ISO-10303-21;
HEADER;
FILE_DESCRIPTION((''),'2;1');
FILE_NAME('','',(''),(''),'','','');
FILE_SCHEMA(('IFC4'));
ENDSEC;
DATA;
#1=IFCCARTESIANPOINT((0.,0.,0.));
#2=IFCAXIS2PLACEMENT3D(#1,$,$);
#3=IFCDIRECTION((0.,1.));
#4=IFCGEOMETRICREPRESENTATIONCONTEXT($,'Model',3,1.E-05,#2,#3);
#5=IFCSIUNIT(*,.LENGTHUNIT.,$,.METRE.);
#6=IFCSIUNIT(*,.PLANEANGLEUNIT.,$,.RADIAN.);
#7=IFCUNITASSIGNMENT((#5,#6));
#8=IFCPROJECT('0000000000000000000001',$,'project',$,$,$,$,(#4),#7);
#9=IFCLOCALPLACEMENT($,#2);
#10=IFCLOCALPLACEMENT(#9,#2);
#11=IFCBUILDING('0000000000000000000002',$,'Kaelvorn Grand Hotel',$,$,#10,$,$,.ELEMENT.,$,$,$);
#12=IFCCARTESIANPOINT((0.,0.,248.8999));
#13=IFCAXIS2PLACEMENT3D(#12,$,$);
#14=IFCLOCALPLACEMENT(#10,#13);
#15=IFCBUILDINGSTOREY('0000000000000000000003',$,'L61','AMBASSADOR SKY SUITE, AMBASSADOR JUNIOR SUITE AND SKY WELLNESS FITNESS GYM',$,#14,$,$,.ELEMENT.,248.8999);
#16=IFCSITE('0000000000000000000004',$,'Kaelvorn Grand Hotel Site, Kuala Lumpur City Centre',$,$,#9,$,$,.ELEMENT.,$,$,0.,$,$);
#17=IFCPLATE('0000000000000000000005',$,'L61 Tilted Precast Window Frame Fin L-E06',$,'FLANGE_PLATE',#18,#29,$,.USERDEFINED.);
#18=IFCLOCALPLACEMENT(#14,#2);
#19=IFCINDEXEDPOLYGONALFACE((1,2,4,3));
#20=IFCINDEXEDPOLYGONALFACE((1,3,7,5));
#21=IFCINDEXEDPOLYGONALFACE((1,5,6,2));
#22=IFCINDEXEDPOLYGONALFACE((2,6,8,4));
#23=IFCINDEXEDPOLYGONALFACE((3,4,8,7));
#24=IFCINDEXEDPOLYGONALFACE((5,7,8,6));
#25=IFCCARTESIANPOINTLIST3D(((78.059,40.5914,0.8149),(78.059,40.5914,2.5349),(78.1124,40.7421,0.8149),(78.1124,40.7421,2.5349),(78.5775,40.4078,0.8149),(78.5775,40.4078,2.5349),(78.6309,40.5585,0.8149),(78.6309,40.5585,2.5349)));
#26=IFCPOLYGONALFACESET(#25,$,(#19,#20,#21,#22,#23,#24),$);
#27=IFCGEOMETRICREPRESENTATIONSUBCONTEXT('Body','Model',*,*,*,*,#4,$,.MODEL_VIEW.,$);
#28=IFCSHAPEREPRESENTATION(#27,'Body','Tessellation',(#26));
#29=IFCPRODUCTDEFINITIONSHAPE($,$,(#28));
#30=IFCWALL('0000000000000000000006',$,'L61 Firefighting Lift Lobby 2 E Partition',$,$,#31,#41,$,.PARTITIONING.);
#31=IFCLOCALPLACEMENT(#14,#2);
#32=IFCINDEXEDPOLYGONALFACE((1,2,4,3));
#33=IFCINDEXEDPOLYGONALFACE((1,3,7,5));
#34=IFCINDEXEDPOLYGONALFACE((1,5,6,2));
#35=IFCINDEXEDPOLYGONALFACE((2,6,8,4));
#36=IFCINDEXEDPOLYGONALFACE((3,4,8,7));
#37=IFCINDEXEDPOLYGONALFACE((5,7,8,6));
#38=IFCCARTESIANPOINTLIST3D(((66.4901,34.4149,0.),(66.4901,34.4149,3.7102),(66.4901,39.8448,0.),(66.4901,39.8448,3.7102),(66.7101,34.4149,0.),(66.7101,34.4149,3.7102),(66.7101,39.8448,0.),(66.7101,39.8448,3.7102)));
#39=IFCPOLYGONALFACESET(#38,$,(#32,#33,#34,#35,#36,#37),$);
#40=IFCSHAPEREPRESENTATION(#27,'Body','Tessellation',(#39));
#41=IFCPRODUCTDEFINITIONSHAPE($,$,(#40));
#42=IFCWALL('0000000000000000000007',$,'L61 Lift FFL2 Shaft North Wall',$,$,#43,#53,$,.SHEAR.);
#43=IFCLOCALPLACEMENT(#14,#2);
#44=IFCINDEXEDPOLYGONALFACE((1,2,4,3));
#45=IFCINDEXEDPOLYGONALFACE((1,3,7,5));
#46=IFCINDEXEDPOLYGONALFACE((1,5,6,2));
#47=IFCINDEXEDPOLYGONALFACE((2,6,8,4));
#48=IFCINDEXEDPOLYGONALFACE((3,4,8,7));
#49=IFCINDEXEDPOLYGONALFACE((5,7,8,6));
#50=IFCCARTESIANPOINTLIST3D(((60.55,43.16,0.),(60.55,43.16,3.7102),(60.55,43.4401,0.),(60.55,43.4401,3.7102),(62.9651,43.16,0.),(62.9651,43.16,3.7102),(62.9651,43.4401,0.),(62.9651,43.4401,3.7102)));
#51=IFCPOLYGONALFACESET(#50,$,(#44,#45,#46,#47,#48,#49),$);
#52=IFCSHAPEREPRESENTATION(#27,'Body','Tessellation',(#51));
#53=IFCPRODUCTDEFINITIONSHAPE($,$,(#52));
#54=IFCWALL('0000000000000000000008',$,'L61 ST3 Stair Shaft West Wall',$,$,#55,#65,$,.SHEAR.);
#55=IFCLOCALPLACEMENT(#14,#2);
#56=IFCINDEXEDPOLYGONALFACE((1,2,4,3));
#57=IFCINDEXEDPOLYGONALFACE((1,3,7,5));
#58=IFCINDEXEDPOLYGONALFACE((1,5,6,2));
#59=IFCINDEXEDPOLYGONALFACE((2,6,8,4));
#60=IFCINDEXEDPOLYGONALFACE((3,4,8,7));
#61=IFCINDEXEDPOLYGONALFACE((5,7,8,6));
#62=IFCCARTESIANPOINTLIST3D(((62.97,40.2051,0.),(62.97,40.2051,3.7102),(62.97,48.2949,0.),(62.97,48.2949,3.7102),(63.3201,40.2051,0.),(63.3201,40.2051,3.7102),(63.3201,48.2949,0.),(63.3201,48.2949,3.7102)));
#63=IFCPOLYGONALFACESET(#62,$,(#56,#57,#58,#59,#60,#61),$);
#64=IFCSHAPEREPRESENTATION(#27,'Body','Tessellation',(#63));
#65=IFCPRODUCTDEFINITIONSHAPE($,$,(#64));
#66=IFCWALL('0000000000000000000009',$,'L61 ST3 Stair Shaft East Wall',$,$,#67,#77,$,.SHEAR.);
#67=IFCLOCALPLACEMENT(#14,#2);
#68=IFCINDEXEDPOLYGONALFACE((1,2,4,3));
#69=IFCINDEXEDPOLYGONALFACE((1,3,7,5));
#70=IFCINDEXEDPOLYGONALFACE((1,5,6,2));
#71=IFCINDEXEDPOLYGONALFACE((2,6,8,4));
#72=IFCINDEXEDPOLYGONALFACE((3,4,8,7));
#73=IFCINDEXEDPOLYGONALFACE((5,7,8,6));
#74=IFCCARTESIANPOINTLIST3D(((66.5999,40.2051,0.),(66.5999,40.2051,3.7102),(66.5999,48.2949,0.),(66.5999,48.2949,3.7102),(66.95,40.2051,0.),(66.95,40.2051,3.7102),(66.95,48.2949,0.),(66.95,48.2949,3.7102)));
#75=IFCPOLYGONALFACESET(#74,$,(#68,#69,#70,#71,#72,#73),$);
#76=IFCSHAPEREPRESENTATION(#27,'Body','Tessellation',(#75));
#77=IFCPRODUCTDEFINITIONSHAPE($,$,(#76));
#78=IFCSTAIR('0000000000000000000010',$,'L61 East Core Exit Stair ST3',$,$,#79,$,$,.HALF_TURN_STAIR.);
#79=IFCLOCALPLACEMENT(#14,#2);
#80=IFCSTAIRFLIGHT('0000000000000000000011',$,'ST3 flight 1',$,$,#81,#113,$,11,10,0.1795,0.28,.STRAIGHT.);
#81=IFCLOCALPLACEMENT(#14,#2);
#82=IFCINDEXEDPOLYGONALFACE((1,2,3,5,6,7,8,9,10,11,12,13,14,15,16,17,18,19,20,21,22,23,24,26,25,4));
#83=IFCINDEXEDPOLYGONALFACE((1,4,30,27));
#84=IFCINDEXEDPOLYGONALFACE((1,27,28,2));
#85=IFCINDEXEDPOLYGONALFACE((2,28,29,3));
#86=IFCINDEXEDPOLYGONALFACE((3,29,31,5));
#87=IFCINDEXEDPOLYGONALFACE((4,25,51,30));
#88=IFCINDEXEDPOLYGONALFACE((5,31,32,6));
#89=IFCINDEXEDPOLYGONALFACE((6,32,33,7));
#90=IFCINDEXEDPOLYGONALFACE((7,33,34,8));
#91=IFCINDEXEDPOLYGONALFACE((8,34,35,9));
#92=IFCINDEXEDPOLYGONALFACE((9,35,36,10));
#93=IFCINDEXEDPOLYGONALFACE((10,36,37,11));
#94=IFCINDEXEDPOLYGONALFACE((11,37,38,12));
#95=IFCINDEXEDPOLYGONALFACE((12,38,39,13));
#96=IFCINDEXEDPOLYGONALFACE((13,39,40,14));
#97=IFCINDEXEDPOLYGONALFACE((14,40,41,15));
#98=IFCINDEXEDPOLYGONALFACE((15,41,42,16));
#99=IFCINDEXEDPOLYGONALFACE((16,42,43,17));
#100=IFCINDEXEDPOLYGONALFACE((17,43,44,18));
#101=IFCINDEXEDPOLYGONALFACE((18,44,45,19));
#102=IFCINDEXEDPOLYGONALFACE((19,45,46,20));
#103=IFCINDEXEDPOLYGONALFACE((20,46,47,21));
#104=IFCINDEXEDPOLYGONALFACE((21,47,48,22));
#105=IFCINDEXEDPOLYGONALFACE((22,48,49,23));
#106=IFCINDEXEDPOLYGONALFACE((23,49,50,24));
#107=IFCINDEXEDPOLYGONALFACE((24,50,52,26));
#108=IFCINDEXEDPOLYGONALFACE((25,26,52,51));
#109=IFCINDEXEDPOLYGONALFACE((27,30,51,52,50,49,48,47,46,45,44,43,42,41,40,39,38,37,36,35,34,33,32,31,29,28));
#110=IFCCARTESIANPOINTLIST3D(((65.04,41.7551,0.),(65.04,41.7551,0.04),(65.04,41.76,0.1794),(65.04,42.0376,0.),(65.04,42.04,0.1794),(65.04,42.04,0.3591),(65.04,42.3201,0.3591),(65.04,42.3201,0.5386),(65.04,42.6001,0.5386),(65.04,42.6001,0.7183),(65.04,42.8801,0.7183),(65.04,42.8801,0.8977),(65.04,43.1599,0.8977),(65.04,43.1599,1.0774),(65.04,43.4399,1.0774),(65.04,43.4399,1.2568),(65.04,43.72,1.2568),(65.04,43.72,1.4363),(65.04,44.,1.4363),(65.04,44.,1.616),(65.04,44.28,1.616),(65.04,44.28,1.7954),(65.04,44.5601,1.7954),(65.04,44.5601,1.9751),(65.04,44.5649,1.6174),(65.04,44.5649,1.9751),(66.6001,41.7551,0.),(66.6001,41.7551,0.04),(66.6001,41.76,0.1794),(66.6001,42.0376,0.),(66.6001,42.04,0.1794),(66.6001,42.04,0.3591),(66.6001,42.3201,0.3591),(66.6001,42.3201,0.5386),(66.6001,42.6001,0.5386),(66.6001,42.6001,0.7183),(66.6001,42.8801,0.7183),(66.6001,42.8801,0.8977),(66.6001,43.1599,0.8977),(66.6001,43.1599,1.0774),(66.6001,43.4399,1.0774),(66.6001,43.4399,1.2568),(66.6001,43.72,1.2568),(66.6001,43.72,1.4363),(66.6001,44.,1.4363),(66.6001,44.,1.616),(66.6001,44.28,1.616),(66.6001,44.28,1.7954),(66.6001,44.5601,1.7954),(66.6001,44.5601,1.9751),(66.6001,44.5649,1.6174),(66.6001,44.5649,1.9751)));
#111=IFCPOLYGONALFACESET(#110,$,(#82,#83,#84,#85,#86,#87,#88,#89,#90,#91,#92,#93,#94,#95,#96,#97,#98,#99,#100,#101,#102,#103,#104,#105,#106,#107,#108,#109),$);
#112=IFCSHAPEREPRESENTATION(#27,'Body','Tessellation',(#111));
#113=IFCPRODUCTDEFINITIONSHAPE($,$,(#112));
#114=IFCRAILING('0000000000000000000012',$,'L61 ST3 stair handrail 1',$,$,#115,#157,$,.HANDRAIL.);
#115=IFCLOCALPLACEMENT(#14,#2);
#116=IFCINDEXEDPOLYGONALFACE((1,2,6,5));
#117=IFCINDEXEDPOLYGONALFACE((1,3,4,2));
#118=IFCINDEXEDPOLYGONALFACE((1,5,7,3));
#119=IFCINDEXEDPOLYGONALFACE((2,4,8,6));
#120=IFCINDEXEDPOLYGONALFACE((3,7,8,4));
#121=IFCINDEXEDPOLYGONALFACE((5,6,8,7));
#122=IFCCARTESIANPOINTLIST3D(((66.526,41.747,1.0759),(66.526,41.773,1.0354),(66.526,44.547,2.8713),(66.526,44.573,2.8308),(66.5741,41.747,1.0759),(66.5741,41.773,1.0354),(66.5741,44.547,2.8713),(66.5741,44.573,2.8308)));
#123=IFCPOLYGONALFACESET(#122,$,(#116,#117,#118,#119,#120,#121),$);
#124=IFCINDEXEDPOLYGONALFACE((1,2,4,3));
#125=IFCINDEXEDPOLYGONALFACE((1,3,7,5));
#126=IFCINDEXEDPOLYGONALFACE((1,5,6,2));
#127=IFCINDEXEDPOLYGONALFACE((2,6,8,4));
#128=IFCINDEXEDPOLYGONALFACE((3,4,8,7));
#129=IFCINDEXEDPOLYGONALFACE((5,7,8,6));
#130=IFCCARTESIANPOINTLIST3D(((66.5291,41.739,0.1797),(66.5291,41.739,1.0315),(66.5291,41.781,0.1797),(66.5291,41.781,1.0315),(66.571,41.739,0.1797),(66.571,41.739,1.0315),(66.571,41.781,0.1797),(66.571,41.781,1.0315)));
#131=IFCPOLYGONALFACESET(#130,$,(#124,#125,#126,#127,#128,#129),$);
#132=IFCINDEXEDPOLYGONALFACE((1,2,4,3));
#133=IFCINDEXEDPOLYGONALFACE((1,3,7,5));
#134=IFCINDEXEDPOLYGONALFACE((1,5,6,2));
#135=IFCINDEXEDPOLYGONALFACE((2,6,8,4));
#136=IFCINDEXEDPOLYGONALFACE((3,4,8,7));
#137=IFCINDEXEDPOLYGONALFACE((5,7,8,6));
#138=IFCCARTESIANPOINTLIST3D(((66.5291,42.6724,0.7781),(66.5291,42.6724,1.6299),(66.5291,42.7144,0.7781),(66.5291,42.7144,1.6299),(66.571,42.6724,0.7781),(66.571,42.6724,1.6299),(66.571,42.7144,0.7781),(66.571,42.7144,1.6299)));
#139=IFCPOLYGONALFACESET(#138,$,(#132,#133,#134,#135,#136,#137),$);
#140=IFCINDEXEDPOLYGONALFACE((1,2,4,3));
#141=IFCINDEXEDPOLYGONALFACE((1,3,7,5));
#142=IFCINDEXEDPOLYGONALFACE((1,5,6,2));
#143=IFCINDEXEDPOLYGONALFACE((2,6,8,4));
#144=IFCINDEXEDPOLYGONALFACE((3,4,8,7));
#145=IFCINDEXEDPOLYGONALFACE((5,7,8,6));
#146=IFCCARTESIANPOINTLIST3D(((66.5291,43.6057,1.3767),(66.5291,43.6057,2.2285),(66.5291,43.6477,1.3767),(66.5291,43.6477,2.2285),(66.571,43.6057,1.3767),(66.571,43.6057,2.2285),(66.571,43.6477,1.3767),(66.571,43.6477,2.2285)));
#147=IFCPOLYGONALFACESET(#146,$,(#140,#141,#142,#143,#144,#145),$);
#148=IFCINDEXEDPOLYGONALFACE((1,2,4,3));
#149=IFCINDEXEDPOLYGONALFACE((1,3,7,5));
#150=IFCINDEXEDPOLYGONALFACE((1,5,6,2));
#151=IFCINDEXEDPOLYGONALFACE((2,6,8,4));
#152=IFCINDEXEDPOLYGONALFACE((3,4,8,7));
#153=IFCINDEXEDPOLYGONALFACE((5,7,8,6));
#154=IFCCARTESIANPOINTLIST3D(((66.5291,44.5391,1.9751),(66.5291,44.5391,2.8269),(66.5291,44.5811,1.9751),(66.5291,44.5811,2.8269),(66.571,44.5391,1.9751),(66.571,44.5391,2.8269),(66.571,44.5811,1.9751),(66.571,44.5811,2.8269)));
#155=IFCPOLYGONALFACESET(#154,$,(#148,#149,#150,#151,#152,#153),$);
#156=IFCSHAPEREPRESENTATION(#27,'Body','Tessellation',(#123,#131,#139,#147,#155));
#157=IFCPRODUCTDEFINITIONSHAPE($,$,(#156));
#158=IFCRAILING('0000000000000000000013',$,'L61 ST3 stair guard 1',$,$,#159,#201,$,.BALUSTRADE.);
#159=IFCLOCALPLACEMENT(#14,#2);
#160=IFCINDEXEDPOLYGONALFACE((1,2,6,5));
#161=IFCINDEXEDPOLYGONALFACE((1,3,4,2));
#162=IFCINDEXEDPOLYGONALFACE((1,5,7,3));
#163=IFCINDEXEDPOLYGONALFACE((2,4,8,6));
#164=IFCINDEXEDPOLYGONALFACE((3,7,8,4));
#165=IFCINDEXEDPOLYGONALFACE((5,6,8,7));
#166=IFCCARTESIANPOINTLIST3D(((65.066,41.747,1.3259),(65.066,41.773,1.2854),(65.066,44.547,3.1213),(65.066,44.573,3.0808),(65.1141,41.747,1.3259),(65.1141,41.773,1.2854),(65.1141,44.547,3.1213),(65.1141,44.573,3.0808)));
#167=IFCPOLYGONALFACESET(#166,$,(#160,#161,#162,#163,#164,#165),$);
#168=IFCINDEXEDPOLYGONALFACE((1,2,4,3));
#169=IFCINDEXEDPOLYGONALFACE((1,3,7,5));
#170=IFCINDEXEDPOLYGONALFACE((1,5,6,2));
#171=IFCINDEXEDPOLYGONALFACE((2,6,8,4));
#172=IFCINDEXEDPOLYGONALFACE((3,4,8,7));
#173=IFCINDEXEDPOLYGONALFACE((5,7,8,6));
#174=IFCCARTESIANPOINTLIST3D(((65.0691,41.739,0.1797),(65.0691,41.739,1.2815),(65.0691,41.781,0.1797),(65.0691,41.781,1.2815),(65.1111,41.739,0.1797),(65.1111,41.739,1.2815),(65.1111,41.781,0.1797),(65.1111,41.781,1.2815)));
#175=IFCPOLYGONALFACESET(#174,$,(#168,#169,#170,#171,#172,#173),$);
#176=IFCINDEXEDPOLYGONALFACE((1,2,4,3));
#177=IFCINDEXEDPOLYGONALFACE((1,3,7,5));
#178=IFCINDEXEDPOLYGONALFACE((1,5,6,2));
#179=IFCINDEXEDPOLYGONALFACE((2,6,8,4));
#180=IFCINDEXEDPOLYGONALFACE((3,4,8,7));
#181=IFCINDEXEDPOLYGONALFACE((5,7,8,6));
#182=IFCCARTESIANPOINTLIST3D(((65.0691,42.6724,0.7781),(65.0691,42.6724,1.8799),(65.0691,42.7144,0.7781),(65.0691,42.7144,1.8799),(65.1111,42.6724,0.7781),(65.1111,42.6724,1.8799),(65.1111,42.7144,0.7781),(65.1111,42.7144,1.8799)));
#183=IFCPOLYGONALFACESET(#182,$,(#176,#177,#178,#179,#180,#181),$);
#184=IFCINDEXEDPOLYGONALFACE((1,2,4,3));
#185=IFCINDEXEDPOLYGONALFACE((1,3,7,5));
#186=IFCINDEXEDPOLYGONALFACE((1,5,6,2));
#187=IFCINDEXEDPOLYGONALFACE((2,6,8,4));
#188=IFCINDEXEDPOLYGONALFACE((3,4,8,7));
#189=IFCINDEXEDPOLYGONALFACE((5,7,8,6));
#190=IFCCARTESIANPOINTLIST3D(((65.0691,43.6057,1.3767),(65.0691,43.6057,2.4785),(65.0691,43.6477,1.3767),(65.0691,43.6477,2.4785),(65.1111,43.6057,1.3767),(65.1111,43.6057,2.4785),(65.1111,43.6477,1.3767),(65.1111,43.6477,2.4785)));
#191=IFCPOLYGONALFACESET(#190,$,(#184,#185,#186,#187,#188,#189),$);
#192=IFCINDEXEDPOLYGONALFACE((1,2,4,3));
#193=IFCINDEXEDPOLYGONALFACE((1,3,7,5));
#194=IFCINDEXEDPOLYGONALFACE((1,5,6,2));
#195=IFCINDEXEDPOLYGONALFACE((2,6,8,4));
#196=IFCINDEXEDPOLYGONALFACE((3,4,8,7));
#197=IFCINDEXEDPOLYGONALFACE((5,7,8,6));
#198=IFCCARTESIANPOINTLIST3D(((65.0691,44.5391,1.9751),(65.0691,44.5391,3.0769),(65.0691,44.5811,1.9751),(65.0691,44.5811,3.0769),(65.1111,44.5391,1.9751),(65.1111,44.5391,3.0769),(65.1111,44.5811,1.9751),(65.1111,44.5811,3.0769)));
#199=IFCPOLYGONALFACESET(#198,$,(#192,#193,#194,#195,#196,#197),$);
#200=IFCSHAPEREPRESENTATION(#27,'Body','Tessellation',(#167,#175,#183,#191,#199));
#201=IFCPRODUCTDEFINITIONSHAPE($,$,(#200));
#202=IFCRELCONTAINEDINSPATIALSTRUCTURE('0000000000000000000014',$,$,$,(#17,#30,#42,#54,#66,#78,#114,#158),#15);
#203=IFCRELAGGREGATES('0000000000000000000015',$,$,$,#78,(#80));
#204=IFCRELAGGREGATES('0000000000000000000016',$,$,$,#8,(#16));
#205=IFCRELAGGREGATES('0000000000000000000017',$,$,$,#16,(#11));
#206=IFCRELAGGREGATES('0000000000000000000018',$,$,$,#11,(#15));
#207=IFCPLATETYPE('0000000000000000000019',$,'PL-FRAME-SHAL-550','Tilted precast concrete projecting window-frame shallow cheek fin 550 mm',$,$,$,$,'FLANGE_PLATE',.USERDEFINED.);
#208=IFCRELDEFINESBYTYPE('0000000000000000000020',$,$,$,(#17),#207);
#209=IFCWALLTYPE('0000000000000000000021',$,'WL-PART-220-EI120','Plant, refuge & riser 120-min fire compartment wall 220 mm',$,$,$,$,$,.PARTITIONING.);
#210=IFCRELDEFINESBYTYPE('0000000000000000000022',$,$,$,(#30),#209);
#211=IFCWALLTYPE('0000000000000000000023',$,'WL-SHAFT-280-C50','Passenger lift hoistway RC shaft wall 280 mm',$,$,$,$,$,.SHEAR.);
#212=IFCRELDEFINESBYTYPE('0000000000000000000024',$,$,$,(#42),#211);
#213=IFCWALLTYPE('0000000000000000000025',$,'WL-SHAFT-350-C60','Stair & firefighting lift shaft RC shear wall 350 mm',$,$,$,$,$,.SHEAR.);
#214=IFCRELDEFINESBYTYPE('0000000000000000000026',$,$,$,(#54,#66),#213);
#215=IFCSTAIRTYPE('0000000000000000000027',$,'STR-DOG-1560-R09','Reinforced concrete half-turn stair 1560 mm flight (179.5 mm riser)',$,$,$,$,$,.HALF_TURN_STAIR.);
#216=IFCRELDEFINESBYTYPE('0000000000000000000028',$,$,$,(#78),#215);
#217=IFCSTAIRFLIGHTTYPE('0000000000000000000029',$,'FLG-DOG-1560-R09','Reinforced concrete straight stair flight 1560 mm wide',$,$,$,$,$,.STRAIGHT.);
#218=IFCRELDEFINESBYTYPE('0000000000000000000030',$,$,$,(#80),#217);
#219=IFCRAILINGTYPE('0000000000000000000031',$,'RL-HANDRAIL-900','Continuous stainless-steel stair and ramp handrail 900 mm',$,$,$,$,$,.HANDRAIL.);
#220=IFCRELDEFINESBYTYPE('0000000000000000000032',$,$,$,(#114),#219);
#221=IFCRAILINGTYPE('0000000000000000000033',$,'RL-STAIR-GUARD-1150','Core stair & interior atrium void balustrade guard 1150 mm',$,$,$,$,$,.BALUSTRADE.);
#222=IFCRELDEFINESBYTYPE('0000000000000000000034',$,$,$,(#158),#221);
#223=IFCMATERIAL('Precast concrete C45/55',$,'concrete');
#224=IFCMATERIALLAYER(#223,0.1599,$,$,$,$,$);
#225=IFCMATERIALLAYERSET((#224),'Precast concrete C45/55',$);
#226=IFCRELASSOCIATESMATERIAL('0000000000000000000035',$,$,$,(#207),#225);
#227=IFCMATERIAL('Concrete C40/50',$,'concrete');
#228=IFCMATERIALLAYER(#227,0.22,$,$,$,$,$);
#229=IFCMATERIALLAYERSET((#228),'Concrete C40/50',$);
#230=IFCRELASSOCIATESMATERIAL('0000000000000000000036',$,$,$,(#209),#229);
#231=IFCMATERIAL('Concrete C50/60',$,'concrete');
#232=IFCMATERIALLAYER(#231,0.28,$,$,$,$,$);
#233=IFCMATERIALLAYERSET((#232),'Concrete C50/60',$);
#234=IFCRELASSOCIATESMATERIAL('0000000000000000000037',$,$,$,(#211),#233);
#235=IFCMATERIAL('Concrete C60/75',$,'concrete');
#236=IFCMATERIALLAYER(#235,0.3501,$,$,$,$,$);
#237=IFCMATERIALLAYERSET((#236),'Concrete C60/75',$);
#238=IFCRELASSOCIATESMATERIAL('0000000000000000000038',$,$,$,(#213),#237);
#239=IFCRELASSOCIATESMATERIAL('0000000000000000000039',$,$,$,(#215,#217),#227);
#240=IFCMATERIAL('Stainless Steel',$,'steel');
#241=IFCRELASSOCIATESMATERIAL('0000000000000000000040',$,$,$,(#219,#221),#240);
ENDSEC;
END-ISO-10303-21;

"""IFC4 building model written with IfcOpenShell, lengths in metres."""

from ifc_helpers import new_model, si_unit, direction, frame, frame_2d, origin, origin_2d, place, context, subcontext, project, spatial, polyline, rectangle, outline, extrude, material, layer, layer_set, type_object, element, aggregate, save


model = new_model("IFC4")

# Units and contexts
model_context = context("Model", 3, precision=1e-05, world=origin(), true_north=direction((0.0, 1.0)))
body_context = subcontext(model_context, "Body", "Model", "MODEL_VIEW")
ifc_project = project(units=[si_unit("LENGTHUNIT", "METRE"), si_unit("PLANEANGLEUNIT", "RADIAN")], contexts=[model_context])

# Site, building, storey
site_placement = place(None, origin())
site = spatial("IfcSite", under=ifc_project, at=site_placement, Name="Kaelvorn Grand Hotel Site, Kuala Lumpur City Centre", CompositionType="ELEMENT", RefElevation=0.0)
building_placement = place(site_placement, origin())
building = spatial("IfcBuilding", under=site, at=building_placement, Name="Kaelvorn Grand Hotel", CompositionType="ELEMENT")
storey_placement = place(building_placement, frame((0.0, 0.0, 248.8999)))
storey = spatial("IfcBuildingStorey", under=building, at=storey_placement, Name="L61", Description="AMBASSADOR SKY SUITE, AMBASSADOR JUNIOR SUITE AND SKY WELLNESS FITNESS GYM", CompositionType="ELEMENT", Elevation=248.8999)

# Shared definitions
ifc_material_1 = material(Name="Concrete C50/60", Category="concrete")

# Plate
ifc_material_2 = material(Name="Precast concrete C45/55", Category="concrete")
ifc_layer_1 = layer(ifc_material_2, 0.1599)
ifc_layer_set_1 = layer_set([ifc_layer_1], Name="Precast concrete C45/55")
plate_type_1 = type_object("IfcPlateType", Name="PL-FRAME-SHAL-550", Description="Tilted precast concrete projecting window-frame shallow cheek fin 550 mm", ElementType="FLANGE_PLATE", PredefinedType="USERDEFINED", material=ifc_layer_set_1)
for number, where, z_axis, x_axis, name in (
    (1, (78.345, 40.575, 0.8149), (0.0, 0.0, 1.0), (0.333807, 0.942641, 0.0), "L61 Tilted Precast Window Frame Fin L-E06"),
):
    element("IfcPlate", number, at=place(storey_placement, frame(where, z_axis=z_axis, x_axis=x_axis)), inside=storey, type_object=plate_type_1, Name=name, ObjectType="FLANGE_PLATE", PredefinedType="USERDEFINED", context=body_context, shape_type="SweptSolid", body=[
        extrude(rectangle(XDim=0.1599, YDim=0.55, at=origin_2d()), origin(), (0.0, 0.0, 1.0), 1.72),
    ])

# Walls
ifc_material_3 = material(Name="Concrete C40/50", Category="concrete")
ifc_layer_2 = layer(ifc_material_3, 0.22)
ifc_layer_set_2 = layer_set([ifc_layer_2], Name="Concrete C40/50")
wall_type_1 = type_object("IfcWallType", Name="WL-PART-220-EI120", Description="Plant, refuge & riser 120-min fire compartment wall 220 mm", PredefinedType="PARTITIONING", material=ifc_layer_set_2)
wall_1_placement = place(storey_placement, frame((66.6001, 34.415, 0.0), z_axis=(0.0, 0.0, 1.0), x_axis=(0.0, 1.0, 0.0)))
element("IfcWall", 2, at=wall_1_placement, inside=storey, type_object=wall_type_1, Name="L61 Firefighting Lift Lobby 2 E Partition", PredefinedType="PARTITIONING", context=body_context, shape_type="SweptSolid", body=[
    extrude(rectangle(XDim=5.4299, YDim=0.22, at=frame_2d((2.7148, 0.0))), origin(), (0.0, 0.0, 1.0), 3.7102),
])
ifc_layer_3 = layer(ifc_material_1, 0.28)
ifc_layer_set_3 = layer_set([ifc_layer_3], Name="Concrete C50/60")
wall_type_2 = type_object("IfcWallType", Name="WL-SHAFT-280-C50", Description="Passenger lift hoistway RC shaft wall 280 mm", PredefinedType="SHEAR", material=ifc_layer_set_3)
wall_2_placement = place(storey_placement, frame((60.55, 43.3, 0.0), z_axis=(0.0, 0.0, 1.0), x_axis=(1.0, 0.0, 0.0)))
element("IfcWall", 3, at=wall_2_placement, inside=storey, type_object=wall_type_2, Name="L61 Lift FFL2 Shaft North Wall", PredefinedType="SHEAR", context=body_context, shape_type="SweptSolid", body=[
    extrude(rectangle(XDim=2.415, YDim=0.28, at=frame_2d((1.2075, 0.0))), origin(), (0.0, 0.0, 1.0), 3.7102),
])

# Shared definitions
ifc_material_4 = material(Name="Concrete C60/75", Category="concrete")
ifc_layer_4 = layer(ifc_material_4, 0.3501)
ifc_layer_set_4 = layer_set([ifc_layer_4], Name="Concrete C60/75")
wall_type_3 = type_object("IfcWallType", Name="WL-SHAFT-350-C60", Description="Stair & firefighting lift shaft RC shear wall 350 mm", PredefinedType="SHEAR", material=ifc_layer_set_4)

# Walls
for number, where, z_axis, x_axis, name in (
    (4, (63.145, 40.2051, 0.0), (0.0, 0.0, 1.0), (0.0, 1.0, 0.0), "L61 ST3 Stair Shaft West Wall"),
    (5, (66.7749, 40.2051, 0.0), (0.0, 0.0, 1.0), (0.0, 1.0, 0.0), "L61 ST3 Stair Shaft East Wall"),
):
    element("IfcWall", number, at=place(storey_placement, frame(where, z_axis=z_axis, x_axis=x_axis)), inside=storey, type_object=wall_type_3, Name=name, PredefinedType="SHEAR", context=body_context, shape_type="SweptSolid", body=[
        extrude(rectangle(XDim=8.0898, YDim=0.3501, at=frame_2d((4.0449, 0.0))), origin(), (0.0, 0.0, 1.0), 3.7102),
    ])

# Stair, stair flight
stair_type = type_object("IfcStairType", Name="STR-DOG-1560-R09", Description="Reinforced concrete half-turn stair 1560 mm flight (179.5 mm riser)", PredefinedType="HALF_TURN_STAIR", material=ifc_material_3)
stair_placement = place(storey_placement, origin())
stair = element("IfcStair", 6, at=stair_placement, inside=storey, type_object=stair_type, Name="L61 East Core Exit Stair ST3", PredefinedType="HALF_TURN_STAIR")
stair_flight_type = type_object("IfcStairFlightType", Name="FLG-DOG-1560-R09", Description="Reinforced concrete straight stair flight 1560 mm wide", PredefinedType="STRAIGHT", material=ifc_material_3)
stair_flight_placement = place(storey_placement, frame((65.8201, 41.76, 0.0), z_axis=(0.0, 0.0, 1.0), x_axis=(0.0, 1.0, 0.0)))
stair_flight = element("IfcStairFlight", 7, at=stair_flight_placement, type_object=stair_flight_type, Name="ST3 flight 1", NumberOfRisers=11, NumberOfTreads=10, PredefinedType="STRAIGHT", RiserHeight=0.1795, TreadLength=0.28, context=body_context, shape_type="SweptSolid", body=[
    extrude(outline(polyline([(-0.0049, 0.0), (-0.0049, 0.04), (0.0, 0.1794), (0.28, 0.1794), (0.28, 0.3591), (0.5601, 0.3591), (0.5601, 0.5386), (0.8401, 0.5386), (0.8401, 0.7183), (1.1201, 0.7183), (1.1201, 0.8977), (1.3999, 0.8977), (1.3999, 1.0774), (1.6799, 1.0774), (1.6799, 1.2568), (1.96, 1.2568), (1.96, 1.4363), (2.24, 1.4363), (2.24, 1.616), (2.52, 1.616), (2.52, 1.7954), (2.8, 1.7954), (2.8, 1.9751), (2.8049, 1.9751), (2.8049, 1.6174), (0.2776, 0.0), (-0.0049, 0.0)])), frame((0.0, 0.78, 0.0), z_axis=(0.0, -1.0, 0.0), x_axis=(1.0, 0.0, 0.0)), (0.0, 0.0, 1.0), 1.5601),
])
aggregate(stair, [stair_flight])

# Railings
ifc_material_5 = material(Name="Stainless Steel", Category="steel")
railing_type_1 = type_object("IfcRailingType", Name="RL-HANDRAIL-900", Description="Continuous stainless-steel stair and ramp handrail 900 mm", PredefinedType="HANDRAIL", material=ifc_material_5)
railing_1_placement = place(storey_placement, frame((66.55, 41.76, 0.1797)))
element("IfcRailing", 8, at=railing_1_placement, inside=storey, type_object=railing_type_1, Name="L61 ST3 stair handrail 1", PredefinedType="HANDRAIL", context=body_context, shape_type="SweptSolid", body=[
    extrude(rectangle(XDim=0.0481, YDim=0.0481, at=origin_2d()), frame((0.0, 0.0, 0.876), z_axis=(0.0, 0.84181, 0.539774), x_axis=(-1.0, 0.0, 0.0)), (0.0, 0.0, 1.0), 3.3262),
    extrude(rectangle(XDim=0.042, YDim=0.042, at=origin_2d()), origin(), (0.0, 0.0, 1.0), 0.8518),
    extrude(rectangle(XDim=0.042, YDim=0.042, at=origin_2d()), frame((0.0, 0.9333, 0.5984)), (0.0, 0.0, 1.0), 0.8518),
    extrude(rectangle(XDim=0.042, YDim=0.042, at=origin_2d()), frame((0.0, 1.8667, 1.197)), (0.0, 0.0, 1.0), 0.8518),
    extrude(rectangle(XDim=0.042, YDim=0.042, at=origin_2d()), frame((0.0, 2.8, 1.7954)), (0.0, 0.0, 1.0), 0.8518),
])
railing_type_2 = type_object("IfcRailingType", Name="RL-STAIR-GUARD-1150", Description="Core stair & interior atrium void balustrade guard 1150 mm", PredefinedType="BALUSTRADE", material=ifc_material_5)
railing_2_placement = place(storey_placement, frame((65.0901, 41.76, 0.1797)))
element("IfcRailing", 9, at=railing_2_placement, inside=storey, type_object=railing_type_2, Name="L61 ST3 stair guard 1", PredefinedType="BALUSTRADE", context=body_context, shape_type="SweptSolid", body=[
    extrude(rectangle(XDim=0.0481, YDim=0.0481, at=origin_2d()), frame((0.0, 0.0, 1.126), z_axis=(0.0, 0.84181, 0.539774), x_axis=(-1.0, 0.0, 0.0)), (0.0, 0.0, 1.0), 3.3262),
    extrude(rectangle(XDim=0.042, YDim=0.042, at=origin_2d()), origin(), (0.0, 0.0, 1.0), 1.1018),
    extrude(rectangle(XDim=0.042, YDim=0.042, at=origin_2d()), frame((0.0, 0.9333, 0.5984)), (0.0, 0.0, 1.0), 1.1018),
    extrude(rectangle(XDim=0.042, YDim=0.042, at=origin_2d()), frame((0.0, 1.8667, 1.197)), (0.0, 0.0, 1.0), 1.1018),
    extrude(rectangle(XDim=0.042, YDim=0.042, at=origin_2d()), frame((0.0, 2.8, 1.7954)), (0.0, 0.0, 1.0), 1.1018),
])

save(model, "model.ifc")
